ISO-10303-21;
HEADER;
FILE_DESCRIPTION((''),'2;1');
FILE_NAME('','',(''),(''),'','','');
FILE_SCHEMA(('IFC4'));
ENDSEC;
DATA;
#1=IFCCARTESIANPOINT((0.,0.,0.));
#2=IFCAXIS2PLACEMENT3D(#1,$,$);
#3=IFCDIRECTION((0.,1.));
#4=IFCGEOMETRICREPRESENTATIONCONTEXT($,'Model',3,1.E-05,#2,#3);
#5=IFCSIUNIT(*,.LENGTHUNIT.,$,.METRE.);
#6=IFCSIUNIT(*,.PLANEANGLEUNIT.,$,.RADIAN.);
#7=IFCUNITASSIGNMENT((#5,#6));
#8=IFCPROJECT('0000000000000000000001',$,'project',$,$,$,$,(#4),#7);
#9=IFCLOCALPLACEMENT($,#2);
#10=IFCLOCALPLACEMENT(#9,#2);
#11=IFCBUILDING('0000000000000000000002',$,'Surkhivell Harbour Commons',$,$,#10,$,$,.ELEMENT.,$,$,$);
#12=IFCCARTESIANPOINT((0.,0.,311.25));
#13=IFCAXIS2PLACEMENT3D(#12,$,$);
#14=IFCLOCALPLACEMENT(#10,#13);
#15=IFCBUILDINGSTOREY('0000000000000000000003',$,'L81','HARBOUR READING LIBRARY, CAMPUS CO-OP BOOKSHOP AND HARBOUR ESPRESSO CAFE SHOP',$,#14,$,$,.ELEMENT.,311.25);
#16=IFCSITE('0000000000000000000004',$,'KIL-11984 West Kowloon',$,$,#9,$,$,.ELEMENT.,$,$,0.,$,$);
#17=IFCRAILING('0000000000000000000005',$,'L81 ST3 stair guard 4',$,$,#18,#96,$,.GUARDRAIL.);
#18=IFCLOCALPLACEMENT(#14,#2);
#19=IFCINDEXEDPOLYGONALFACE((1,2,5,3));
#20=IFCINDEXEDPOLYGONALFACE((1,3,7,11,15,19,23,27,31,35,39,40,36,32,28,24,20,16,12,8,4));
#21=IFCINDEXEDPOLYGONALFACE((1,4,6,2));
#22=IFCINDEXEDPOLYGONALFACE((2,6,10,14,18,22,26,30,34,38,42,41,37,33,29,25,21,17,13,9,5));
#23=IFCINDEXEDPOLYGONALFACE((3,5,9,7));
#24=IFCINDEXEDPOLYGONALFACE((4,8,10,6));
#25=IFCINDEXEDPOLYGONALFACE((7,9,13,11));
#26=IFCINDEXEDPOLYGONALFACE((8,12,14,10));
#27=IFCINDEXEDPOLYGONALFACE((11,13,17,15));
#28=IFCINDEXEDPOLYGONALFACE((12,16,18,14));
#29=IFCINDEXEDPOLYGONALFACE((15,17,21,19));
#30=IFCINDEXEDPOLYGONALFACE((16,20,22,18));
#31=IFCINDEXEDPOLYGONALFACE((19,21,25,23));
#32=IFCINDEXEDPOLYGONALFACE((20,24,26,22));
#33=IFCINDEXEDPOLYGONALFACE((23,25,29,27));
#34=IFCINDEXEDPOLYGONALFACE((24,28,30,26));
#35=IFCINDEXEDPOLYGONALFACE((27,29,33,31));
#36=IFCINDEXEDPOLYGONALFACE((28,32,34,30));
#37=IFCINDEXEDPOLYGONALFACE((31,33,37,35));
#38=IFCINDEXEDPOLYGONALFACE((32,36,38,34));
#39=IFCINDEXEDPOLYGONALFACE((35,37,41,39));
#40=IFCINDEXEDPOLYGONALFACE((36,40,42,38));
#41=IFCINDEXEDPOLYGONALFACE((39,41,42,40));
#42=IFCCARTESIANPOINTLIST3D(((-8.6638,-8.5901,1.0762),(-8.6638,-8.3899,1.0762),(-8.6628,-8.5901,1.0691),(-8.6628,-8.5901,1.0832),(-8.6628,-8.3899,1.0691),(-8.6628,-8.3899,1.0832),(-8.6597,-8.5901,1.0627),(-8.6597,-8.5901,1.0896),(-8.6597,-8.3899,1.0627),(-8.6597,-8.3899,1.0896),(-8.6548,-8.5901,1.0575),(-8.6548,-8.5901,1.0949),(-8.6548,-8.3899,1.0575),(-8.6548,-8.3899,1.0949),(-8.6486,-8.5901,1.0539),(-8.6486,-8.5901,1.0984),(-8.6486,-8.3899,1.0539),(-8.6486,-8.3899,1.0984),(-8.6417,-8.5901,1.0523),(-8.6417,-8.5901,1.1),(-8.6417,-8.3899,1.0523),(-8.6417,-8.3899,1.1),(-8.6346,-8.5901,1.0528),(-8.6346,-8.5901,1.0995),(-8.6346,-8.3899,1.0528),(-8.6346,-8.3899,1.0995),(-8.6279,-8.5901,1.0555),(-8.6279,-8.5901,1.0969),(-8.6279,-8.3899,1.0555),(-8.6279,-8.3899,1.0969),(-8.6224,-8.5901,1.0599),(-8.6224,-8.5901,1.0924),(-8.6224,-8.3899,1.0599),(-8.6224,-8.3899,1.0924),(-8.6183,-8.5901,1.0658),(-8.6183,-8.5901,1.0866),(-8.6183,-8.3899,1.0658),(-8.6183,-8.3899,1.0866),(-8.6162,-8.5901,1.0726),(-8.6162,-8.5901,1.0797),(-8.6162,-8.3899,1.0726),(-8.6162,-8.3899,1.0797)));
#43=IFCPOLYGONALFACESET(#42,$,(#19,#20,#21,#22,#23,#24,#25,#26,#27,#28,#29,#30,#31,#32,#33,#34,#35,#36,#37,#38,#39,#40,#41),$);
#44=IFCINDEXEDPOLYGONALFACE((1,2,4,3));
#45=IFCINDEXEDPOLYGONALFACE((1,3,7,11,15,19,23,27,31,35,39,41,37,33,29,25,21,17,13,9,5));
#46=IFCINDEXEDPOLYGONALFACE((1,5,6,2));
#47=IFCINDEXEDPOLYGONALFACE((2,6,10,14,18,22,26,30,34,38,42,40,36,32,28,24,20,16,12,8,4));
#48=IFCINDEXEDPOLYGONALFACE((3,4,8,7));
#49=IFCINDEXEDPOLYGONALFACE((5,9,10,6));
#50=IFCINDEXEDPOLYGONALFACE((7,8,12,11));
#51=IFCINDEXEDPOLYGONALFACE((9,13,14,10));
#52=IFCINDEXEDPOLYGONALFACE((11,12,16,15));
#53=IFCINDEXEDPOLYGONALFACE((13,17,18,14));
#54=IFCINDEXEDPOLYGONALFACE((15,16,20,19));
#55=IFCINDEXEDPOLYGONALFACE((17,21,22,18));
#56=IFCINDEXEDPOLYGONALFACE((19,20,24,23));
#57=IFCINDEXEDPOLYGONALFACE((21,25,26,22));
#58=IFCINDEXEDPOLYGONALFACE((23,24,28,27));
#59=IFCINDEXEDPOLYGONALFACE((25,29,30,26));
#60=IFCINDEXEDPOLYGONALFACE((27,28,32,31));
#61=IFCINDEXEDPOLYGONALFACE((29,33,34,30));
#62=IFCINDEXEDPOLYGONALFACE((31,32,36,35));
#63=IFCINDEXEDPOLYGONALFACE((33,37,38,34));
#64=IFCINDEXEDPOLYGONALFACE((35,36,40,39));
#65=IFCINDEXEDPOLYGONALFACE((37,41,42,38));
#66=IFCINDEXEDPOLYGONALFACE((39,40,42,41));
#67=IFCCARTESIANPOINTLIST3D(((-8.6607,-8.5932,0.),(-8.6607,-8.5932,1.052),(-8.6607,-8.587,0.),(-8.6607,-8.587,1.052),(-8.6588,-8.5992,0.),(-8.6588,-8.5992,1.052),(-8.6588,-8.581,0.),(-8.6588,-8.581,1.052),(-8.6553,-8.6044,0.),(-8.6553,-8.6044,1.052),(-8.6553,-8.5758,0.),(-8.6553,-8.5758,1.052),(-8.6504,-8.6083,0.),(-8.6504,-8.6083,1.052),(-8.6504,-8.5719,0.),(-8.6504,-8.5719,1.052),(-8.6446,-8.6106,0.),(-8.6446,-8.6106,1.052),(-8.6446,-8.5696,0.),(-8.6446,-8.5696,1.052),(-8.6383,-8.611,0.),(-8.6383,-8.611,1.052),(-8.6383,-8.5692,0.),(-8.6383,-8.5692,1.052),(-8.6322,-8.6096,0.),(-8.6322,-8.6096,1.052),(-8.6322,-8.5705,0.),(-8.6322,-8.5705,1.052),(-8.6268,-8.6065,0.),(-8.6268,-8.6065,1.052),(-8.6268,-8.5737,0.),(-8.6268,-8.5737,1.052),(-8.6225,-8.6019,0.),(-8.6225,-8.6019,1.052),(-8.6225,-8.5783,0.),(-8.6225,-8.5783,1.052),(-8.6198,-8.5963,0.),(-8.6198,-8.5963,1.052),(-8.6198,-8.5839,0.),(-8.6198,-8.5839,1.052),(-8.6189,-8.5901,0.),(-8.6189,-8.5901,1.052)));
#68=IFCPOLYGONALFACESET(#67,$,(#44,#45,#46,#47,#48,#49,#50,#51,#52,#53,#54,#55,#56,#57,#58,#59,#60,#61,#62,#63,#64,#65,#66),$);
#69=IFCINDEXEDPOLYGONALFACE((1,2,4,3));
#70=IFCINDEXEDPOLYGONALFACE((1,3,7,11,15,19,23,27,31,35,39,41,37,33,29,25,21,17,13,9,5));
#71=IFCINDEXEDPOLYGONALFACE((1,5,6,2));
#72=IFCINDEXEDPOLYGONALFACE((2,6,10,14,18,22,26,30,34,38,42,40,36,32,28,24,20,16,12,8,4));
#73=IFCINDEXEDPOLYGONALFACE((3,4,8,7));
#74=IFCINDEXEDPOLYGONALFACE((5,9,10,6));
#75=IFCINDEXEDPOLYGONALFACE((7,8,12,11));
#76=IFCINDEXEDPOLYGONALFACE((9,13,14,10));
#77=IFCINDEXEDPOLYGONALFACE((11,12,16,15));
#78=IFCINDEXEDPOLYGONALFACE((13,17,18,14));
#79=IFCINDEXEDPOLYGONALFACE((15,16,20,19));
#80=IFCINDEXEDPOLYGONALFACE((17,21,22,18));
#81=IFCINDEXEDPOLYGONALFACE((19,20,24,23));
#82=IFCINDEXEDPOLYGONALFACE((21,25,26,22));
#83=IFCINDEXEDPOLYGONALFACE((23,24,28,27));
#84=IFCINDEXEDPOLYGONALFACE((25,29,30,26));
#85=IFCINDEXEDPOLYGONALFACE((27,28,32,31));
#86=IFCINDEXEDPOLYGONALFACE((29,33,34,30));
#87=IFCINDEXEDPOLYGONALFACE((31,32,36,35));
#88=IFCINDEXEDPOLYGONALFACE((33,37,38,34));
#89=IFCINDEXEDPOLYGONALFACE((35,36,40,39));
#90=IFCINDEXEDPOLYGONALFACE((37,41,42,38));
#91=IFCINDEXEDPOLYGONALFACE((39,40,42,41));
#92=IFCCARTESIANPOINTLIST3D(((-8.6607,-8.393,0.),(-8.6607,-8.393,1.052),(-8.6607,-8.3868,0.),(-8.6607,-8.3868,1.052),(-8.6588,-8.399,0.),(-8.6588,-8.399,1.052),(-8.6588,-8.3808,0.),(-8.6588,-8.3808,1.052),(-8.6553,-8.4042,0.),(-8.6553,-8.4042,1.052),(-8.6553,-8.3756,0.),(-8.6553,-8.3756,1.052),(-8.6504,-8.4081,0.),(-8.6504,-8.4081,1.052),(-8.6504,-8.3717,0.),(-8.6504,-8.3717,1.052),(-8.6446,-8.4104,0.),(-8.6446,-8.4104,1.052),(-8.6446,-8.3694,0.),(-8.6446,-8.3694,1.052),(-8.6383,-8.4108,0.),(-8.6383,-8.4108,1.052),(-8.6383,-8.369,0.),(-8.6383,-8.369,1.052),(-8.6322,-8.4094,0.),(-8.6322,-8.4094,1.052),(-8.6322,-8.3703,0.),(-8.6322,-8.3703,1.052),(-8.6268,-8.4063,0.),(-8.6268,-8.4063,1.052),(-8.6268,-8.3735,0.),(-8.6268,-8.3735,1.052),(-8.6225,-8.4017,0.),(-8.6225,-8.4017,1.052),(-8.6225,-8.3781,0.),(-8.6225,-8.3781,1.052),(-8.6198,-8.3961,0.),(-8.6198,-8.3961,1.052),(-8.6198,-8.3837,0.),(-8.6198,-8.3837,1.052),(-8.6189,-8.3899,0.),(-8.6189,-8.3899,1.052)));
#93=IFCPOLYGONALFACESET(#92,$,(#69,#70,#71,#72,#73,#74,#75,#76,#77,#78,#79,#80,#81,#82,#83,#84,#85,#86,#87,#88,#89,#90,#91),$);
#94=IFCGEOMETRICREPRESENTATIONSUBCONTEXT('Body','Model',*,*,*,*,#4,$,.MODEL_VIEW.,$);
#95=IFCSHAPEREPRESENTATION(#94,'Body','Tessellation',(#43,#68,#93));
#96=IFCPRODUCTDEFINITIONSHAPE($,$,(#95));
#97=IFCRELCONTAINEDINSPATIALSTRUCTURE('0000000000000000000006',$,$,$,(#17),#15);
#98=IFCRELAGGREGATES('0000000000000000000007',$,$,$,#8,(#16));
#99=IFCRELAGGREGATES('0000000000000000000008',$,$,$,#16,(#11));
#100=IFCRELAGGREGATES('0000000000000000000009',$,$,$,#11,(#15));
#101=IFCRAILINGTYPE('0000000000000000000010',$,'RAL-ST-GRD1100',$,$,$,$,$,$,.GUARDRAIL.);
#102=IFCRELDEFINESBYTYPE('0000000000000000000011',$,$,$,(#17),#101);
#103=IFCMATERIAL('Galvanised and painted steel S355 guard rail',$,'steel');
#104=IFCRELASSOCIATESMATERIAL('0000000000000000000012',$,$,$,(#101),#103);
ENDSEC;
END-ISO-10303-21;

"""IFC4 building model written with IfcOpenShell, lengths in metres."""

from ifc_helpers import new_model, si_unit, direction, frame, origin, origin_2d, place, context, subcontext, project, spatial, circle, extrude, material, type_object, element, save


model = new_model("IFC4")

# Units and contexts
model_context = context("Model", 3, precision=1e-05, world=origin(), true_north=direction((0.0, 1.0)))
body_context = subcontext(model_context, "Body", "Model", "MODEL_VIEW")
ifc_project = project(units=[si_unit("LENGTHUNIT", "METRE"), si_unit("PLANEANGLEUNIT", "RADIAN")], contexts=[model_context])

# Site, building, storey
site_placement = place(None, origin())
site = spatial("IfcSite", under=ifc_project, at=site_placement, Name="KIL-11984 West Kowloon", CompositionType="ELEMENT", RefElevation=0.0)
building_placement = place(site_placement, origin())
building = spatial("IfcBuilding", under=site, at=building_placement, Name="Surkhivell Harbour Commons", CompositionType="ELEMENT")
storey_placement = place(building_placement, frame((0.0, 0.0, 311.25)))
storey = spatial("IfcBuildingStorey", under=building, at=storey_placement, Name="L81", Description="HARBOUR READING LIBRARY, CAMPUS CO-OP BOOKSHOP AND HARBOUR ESPRESSO CAFE SHOP", CompositionType="ELEMENT", Elevation=311.25)

# Railing
ifc_material_1 = material(Name="Galvanised and painted steel S355 guard rail", Category="steel")
railing_type_1 = type_object("IfcRailingType", Name="RAL-ST-GRD1100", PredefinedType="GUARDRAIL", material=ifc_material_1)
railing_1_placement = place(storey_placement, frame((-8.6399, -8.5901, 0.0)))
element("IfcRailing", 1, at=railing_1_placement, inside=storey, type_object=railing_type_1, Name="L81 ST3 stair guard 4", PredefinedType="GUARDRAIL", context=body_context, shape_type="SweptSolid", body=[
    extrude(circle(Radius=0.0239, at=origin_2d()), frame((0.0, 0.0, 1.0762), z_axis=(0.0, 1.0, 0.0), x_axis=(-1.0, 0.0, 0.0)), (0.0, 0.0, 1.0), 0.2002),
    extrude(circle(Radius=0.021, at=origin_2d()), origin(), (0.0, 0.0, 1.0), 1.052),
    extrude(circle(Radius=0.021, at=origin_2d()), frame((0.0, 0.2002, 0.0)), (0.0, 0.0, 1.0), 1.052),
])

save(model, "model.ifc")
